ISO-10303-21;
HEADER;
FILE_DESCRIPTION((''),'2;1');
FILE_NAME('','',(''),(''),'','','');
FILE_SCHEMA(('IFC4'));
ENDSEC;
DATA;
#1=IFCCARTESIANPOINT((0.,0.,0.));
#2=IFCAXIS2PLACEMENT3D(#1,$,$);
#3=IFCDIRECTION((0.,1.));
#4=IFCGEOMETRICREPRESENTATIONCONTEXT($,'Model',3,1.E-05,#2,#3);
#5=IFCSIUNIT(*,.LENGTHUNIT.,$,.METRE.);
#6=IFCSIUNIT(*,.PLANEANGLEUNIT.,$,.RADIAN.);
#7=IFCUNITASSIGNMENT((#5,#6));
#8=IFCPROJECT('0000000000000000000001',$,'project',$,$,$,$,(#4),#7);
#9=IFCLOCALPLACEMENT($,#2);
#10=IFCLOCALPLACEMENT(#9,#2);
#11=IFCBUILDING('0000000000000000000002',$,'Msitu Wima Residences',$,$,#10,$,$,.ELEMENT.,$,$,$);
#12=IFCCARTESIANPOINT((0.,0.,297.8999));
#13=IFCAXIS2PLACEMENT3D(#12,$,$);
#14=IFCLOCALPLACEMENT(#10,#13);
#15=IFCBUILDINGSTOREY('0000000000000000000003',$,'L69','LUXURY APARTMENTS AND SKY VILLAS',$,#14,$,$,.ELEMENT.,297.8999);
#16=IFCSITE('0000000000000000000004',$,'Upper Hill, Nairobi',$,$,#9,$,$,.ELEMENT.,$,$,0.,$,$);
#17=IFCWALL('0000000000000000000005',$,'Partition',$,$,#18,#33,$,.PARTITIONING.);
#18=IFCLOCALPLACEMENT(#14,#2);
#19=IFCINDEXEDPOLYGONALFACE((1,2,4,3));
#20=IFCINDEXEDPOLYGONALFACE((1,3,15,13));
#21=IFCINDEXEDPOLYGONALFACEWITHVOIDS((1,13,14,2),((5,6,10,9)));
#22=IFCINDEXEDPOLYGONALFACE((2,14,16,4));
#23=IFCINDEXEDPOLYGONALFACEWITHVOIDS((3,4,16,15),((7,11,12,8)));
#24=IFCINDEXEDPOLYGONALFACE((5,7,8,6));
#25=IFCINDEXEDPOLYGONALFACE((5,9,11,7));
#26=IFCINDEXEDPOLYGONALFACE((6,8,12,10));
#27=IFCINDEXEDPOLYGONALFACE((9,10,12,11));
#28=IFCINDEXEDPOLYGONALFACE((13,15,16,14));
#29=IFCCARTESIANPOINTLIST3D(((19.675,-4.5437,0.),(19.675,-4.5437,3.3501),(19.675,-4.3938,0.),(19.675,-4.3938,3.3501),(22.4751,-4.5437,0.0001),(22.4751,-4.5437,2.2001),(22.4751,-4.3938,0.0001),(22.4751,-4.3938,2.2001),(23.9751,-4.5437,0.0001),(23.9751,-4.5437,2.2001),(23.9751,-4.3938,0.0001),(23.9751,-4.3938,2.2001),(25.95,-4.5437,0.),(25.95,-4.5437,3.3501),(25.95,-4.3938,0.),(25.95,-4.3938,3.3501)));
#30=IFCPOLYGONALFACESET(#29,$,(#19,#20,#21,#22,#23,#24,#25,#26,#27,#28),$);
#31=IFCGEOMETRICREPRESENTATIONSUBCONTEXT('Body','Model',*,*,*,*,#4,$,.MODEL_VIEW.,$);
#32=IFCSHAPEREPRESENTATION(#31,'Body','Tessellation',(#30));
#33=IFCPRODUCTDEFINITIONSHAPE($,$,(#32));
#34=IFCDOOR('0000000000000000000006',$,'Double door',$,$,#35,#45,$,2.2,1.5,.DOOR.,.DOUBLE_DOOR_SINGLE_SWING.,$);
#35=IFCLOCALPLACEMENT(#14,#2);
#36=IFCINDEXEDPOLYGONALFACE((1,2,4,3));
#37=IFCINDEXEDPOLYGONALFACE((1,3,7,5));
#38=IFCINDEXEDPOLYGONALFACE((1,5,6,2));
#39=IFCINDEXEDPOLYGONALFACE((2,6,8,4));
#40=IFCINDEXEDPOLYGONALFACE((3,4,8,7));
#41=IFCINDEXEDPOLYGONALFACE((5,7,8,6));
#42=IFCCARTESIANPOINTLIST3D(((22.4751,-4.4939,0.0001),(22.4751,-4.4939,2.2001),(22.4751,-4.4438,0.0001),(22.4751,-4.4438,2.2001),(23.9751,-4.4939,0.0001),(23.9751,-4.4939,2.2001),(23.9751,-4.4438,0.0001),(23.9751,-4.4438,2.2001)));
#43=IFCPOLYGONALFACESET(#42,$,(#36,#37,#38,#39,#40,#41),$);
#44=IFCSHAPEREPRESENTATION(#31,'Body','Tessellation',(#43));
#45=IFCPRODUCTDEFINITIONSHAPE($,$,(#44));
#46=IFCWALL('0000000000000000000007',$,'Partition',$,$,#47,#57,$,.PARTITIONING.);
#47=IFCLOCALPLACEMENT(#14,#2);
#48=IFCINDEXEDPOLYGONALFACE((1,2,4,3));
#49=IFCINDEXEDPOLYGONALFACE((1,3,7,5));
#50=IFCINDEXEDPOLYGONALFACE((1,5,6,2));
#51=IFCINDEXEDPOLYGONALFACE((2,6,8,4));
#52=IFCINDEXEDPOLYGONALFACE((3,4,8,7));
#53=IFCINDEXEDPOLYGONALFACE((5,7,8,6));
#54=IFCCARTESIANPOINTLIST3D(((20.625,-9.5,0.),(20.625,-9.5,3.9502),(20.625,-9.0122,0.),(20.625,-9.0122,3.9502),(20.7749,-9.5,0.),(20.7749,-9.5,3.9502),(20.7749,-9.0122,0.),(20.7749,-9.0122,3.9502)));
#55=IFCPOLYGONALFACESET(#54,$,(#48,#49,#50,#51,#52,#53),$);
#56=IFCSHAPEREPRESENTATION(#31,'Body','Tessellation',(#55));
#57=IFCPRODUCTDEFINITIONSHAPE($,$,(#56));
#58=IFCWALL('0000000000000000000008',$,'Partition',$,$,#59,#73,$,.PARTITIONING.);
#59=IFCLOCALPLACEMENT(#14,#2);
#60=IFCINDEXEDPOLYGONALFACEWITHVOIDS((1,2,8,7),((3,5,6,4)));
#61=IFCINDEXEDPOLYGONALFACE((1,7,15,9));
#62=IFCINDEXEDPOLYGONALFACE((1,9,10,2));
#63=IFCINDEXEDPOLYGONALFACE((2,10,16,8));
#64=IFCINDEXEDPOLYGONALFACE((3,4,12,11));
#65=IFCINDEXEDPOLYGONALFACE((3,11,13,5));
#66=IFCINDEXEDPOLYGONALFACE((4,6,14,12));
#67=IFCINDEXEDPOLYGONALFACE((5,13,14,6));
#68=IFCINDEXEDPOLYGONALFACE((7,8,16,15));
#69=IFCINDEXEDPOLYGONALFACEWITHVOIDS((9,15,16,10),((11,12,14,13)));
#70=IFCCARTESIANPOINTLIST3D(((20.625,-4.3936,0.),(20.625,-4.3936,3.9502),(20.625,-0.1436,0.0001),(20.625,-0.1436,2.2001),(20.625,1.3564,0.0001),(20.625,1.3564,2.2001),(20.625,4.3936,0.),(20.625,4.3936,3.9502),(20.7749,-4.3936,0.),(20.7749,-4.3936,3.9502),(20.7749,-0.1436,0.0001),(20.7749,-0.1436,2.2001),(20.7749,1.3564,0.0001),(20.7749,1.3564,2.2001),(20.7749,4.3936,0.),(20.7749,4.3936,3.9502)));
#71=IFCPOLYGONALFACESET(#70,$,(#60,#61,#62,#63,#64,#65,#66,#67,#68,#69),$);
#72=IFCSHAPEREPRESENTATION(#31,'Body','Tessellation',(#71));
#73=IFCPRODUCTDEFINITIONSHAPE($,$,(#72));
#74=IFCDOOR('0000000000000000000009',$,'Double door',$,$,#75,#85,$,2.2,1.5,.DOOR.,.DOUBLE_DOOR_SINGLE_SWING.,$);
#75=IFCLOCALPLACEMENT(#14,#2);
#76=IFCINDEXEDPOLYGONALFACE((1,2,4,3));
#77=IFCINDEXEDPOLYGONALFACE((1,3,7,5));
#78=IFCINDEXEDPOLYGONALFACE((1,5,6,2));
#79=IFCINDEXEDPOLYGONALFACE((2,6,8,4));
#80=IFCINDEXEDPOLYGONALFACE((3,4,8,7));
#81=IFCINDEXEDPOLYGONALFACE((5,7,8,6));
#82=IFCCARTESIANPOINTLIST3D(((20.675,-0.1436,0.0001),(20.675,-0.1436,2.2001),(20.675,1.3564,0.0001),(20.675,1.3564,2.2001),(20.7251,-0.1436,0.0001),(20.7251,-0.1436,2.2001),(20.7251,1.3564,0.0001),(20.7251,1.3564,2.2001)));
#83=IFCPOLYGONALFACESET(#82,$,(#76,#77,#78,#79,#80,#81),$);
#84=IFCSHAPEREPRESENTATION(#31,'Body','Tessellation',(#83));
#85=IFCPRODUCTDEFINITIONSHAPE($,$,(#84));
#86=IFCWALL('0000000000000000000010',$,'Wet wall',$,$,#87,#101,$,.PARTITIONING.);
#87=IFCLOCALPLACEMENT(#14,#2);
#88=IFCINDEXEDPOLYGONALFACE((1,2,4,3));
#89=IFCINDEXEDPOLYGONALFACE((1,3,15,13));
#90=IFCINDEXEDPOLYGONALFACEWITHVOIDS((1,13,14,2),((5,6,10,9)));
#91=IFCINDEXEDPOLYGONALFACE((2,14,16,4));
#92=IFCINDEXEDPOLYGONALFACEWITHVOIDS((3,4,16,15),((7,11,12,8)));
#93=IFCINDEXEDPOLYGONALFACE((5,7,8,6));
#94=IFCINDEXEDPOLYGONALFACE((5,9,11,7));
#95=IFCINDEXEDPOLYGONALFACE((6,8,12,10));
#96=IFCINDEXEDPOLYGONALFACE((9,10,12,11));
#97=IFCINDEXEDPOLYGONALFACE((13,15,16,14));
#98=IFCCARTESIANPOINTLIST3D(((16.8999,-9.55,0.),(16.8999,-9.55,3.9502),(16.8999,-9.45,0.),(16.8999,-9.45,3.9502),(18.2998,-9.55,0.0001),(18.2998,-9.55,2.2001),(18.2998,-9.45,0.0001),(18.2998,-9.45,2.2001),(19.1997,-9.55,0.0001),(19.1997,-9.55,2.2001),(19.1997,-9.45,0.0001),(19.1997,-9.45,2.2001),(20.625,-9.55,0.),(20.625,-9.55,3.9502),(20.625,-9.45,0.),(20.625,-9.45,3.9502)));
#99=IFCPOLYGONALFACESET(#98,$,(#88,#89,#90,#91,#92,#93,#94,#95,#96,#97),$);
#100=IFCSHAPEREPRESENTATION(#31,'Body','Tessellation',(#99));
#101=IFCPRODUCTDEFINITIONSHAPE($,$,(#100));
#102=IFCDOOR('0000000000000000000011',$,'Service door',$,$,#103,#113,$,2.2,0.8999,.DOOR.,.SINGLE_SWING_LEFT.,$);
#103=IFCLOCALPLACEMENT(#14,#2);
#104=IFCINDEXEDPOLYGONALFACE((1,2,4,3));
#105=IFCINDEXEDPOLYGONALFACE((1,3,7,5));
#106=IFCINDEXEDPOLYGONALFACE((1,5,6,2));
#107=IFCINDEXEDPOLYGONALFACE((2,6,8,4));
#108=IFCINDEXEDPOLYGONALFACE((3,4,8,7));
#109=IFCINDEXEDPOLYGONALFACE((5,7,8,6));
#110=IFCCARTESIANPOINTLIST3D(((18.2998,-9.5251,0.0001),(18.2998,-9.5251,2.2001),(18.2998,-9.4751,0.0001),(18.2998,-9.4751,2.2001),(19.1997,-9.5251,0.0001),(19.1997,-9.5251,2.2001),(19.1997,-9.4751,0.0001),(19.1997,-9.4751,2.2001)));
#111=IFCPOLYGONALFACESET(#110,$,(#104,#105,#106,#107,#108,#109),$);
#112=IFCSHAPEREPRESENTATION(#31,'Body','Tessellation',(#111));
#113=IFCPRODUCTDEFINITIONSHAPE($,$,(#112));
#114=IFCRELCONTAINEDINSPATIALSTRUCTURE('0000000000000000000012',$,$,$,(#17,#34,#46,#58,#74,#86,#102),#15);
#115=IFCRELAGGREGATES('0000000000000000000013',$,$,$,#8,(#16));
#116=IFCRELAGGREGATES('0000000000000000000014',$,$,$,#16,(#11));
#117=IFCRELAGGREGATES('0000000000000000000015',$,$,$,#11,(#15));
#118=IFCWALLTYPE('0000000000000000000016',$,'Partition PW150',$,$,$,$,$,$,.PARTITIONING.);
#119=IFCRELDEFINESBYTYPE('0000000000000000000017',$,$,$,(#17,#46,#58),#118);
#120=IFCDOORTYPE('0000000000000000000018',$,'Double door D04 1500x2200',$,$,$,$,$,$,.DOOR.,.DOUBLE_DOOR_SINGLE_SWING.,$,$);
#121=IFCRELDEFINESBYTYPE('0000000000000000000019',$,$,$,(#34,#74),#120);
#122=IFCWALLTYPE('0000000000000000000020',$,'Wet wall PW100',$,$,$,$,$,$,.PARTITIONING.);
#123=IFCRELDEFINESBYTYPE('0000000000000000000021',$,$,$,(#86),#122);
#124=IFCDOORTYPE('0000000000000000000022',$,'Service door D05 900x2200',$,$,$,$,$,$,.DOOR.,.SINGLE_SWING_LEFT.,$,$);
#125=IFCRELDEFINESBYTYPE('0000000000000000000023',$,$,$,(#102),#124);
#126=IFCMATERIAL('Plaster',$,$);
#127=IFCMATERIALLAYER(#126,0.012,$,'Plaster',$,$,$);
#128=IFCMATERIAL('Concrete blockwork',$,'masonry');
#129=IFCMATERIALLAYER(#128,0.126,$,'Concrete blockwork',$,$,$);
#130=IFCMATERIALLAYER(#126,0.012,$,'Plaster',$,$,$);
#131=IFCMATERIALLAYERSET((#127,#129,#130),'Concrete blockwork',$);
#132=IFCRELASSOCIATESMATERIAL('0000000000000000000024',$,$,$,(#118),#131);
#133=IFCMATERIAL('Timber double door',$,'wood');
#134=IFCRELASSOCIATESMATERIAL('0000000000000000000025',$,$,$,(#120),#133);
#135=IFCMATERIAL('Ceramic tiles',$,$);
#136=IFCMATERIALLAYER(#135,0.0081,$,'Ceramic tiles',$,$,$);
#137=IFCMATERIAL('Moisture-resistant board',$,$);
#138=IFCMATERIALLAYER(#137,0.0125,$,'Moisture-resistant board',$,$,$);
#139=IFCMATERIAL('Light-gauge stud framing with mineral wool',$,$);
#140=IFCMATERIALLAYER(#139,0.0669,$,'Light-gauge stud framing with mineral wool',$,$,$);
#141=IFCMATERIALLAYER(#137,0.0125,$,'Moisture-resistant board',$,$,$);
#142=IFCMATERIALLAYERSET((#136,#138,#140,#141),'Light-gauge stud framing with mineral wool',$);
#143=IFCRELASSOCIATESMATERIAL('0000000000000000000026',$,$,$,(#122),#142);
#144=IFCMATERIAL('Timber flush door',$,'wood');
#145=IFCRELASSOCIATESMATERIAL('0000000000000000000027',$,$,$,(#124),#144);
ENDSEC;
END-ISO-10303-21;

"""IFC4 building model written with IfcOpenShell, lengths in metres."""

from ifc_helpers import new_model, si_unit, direction, frame, frame_2d, origin, place, context, subcontext, project, spatial, rectangle, extrude, material, layer, layer_set, type_object, element, fill, save


model = new_model("IFC4")

# Units and contexts
model_context = context("Model", 3, precision=1e-05, world=origin(), true_north=direction((0.0, 1.0)))
body_context = subcontext(model_context, "Body", "Model", "MODEL_VIEW")
ifc_project = project(units=[si_unit("LENGTHUNIT", "METRE"), si_unit("PLANEANGLEUNIT", "RADIAN")], contexts=[model_context])

# Site, building, storey
site_placement = place(None, origin())
site = spatial("IfcSite", under=ifc_project, at=site_placement, Name="Upper Hill, Nairobi", CompositionType="ELEMENT", RefElevation=0.0)
building_placement = place(site_placement, origin())
building = spatial("IfcBuilding", under=site, at=building_placement, Name="Msitu Wima Residences", CompositionType="ELEMENT")
storey_placement = place(building_placement, frame((0.0, 0.0, 297.8999)))
storey = spatial("IfcBuildingStorey", under=building, at=storey_placement, Name="L69", Description="LUXURY APARTMENTS AND SKY VILLAS", CompositionType="ELEMENT", Elevation=297.8999)

# Wall, opening, door
ifc_material_1 = material(Name="Plaster")
ifc_layer_1 = layer(ifc_material_1, 0.012, Name="Plaster")
ifc_material_2 = material(Name="Concrete blockwork", Category="masonry")
ifc_layer_2 = layer(ifc_material_2, 0.126, Name="Concrete blockwork")
ifc_layer_3 = layer(ifc_material_1, 0.012, Name="Plaster")
ifc_layer_set_1 = layer_set([ifc_layer_1, ifc_layer_2, ifc_layer_3], Name="Concrete blockwork")
wall_type_1 = type_object("IfcWallType", Name="Partition PW150", PredefinedType="PARTITIONING", material=ifc_layer_set_1)
ifc_material_3 = material(Name="Timber flush door", Category="wood")
ifc_material_4 = material(Name="Timber double door", Category="wood")
door_type_1 = type_object("IfcDoorType", Name="Double door D04 1500x2200", OperationType="DOUBLE_DOOR_SINGLE_SWING", PredefinedType="DOOR", material=ifc_material_4)
wall_1_placement = place(storey_placement, frame((19.675, -4.4688, 0.0), z_axis=(0.0, 0.0, 1.0), x_axis=(1.0, 0.0, 0.0)))
wall_1 = element("IfcWall", 1, at=wall_1_placement, inside=storey, type_object=wall_type_1, Name="Partition", PredefinedType="PARTITIONING", context=body_context, shape_type="SweptSolid", body=[
    extrude(rectangle(XDim=6.2749, YDim=0.1499, at=frame_2d((3.1375, 0.0))), origin(), (0.0, 0.0, 1.0), 3.3501),
])
opening_1_placement = place(wall_1_placement, frame((2.8, 0.0, 0.0)))
opening_1 = element("IfcOpeningElement", 2, at=opening_1_placement, cuts=wall_1, PredefinedType="OPENING", context=body_context, shape_type="SweptSolid", body=[
    extrude(rectangle(XDim=1.5, YDim=2.2, at=frame_2d((0.75, 1.1001))), frame((0.0, 0.085, 0.0), z_axis=(0.0, -1.0, 0.0), x_axis=(1.0, 0.0, 0.0)), (0.0, 0.0, 1.0), 0.1699),
])
door_1_placement = place(opening_1_placement, origin())
door_1 = element("IfcDoor", 3, at=door_1_placement, inside=storey, type_object=door_type_1, Name="Double door", OperationType="DOUBLE_DOOR_SINGLE_SWING", OverallHeight=2.2, OverallWidth=1.5, PredefinedType="DOOR", context=body_context, shape_type="SweptSolid", body=[
    extrude(rectangle(XDim=1.5, YDim=2.2, at=frame_2d((0.75, 1.1001))), frame((0.0, 0.0249, 0.0), z_axis=(0.0, -1.0, 0.0), x_axis=(1.0, 0.0, 0.0)), (0.0, 0.0, 1.0), 0.05),
])
fill(opening_1, door_1)

# Wall
wall_2_placement = place(storey_placement, frame((20.7, -9.5, 0.0), z_axis=(0.0, 0.0, 1.0), x_axis=(0.0, 1.0, 0.0)))
element("IfcWall", 4, at=wall_2_placement, inside=storey, type_object=wall_type_1, Name="Partition", PredefinedType="PARTITIONING", context=body_context, shape_type="SweptSolid", body=[
    extrude(rectangle(XDim=0.4878, YDim=0.1499, at=frame_2d((0.2439, 0.0))), origin(), (0.0, 0.0, 1.0), 3.9502),
])

# Walls, openings, doors
wall_3_placement = place(storey_placement, frame((20.7, -4.3936, 0.0), z_axis=(0.0, 0.0, 1.0), x_axis=(0.0, 1.0, 0.0)))
wall_3 = element("IfcWall", 5, at=wall_3_placement, inside=storey, type_object=wall_type_1, Name="Partition", PredefinedType="PARTITIONING", context=body_context, shape_type="SweptSolid", body=[
    extrude(rectangle(XDim=8.7871, YDim=0.1499, at=frame_2d((4.3936, 0.0))), origin(), (0.0, 0.0, 1.0), 3.9502),
])
opening_2_placement = place(wall_3_placement, frame((4.25, 0.0, 0.0)))
opening_2 = element("IfcOpeningElement", 6, at=opening_2_placement, cuts=wall_3, PredefinedType="OPENING", context=body_context, shape_type="SweptSolid", body=[
    extrude(rectangle(XDim=1.5, YDim=2.2, at=frame_2d((0.75, 1.1001))), frame((0.0, 0.085, 0.0), z_axis=(0.0, -1.0, 0.0), x_axis=(1.0, 0.0, 0.0)), (0.0, 0.0, 1.0), 0.1699),
])
door_2_placement = place(opening_2_placement, origin())
door_2 = element("IfcDoor", 7, at=door_2_placement, inside=storey, type_object=door_type_1, Name="Double door", OperationType="DOUBLE_DOOR_SINGLE_SWING", OverallHeight=2.2, OverallWidth=1.5, PredefinedType="DOOR", context=body_context, shape_type="SweptSolid", body=[
    extrude(rectangle(XDim=1.5, YDim=2.2, at=frame_2d((0.75, 1.1001))), frame((0.0, 0.0249, 0.0), z_axis=(0.0, -1.0, 0.0), x_axis=(1.0, 0.0, 0.0)), (0.0, 0.0, 1.0), 0.05),
])
fill(opening_2, door_2)
ifc_material_5 = material(Name="Ceramic tiles")
ifc_layer_4 = layer(ifc_material_5, 0.0081, Name="Ceramic tiles")
ifc_material_6 = material(Name="Moisture-resistant board")
ifc_layer_5 = layer(ifc_material_6, 0.0125, Name="Moisture-resistant board")
ifc_material_7 = material(Name="Light-gauge stud framing with mineral wool")
ifc_layer_6 = layer(ifc_material_7, 0.0669, Name="Light-gauge stud framing with mineral wool")
ifc_layer_7 = layer(ifc_material_6, 0.0125, Name="Moisture-resistant board")
ifc_layer_set_2 = layer_set([ifc_layer_4, ifc_layer_5, ifc_layer_6, ifc_layer_7], Name="Light-gauge stud framing with mineral wool")
wall_type_2 = type_object("IfcWallType", Name="Wet wall PW100", PredefinedType="PARTITIONING", material=ifc_layer_set_2)
wall_4_placement = place(storey_placement, frame((16.8999, -9.5, 0.0), z_axis=(0.0, 0.0, 1.0), x_axis=(1.0, 0.0, 0.0)))
wall_4 = element("IfcWall", 8, at=wall_4_placement, inside=storey, type_object=wall_type_2, Name="Wet wall", PredefinedType="PARTITIONING", context=body_context, shape_type="SweptSolid", body=[
    extrude(rectangle(XDim=3.7251, YDim=0.1001, at=frame_2d((1.8625, 0.0))), origin(), (0.0, 0.0, 1.0), 3.9502),
])
opening_3_placement = place(wall_4_placement, frame((1.3999, 0.0, 0.0)))
opening_3 = element("IfcOpeningElement", 9, at=opening_3_placement, cuts=wall_4, PredefinedType="OPENING", context=body_context, shape_type="SweptSolid", body=[
    extrude(rectangle(XDim=0.8999, YDim=2.2, at=frame_2d((0.45, 1.1001))), frame((0.0, 0.0601, 0.0), z_axis=(0.0, -1.0, 0.0), x_axis=(1.0, 0.0, 0.0)), (0.0, 0.0, 1.0), 0.1201),
])
door_type_2 = type_object("IfcDoorType", Name="Service door D05 900x2200", OperationType="SINGLE_SWING_LEFT", PredefinedType="DOOR", material=ifc_material_3)
door_3_placement = place(opening_3_placement, origin())
door_3 = element("IfcDoor", 10, at=door_3_placement, inside=storey, type_object=door_type_2, Name="Service door", OperationType="SINGLE_SWING_LEFT", OverallHeight=2.2, OverallWidth=0.8999, PredefinedType="DOOR", context=body_context, shape_type="SweptSolid", body=[
    extrude(rectangle(XDim=0.8999, YDim=2.2, at=frame_2d((0.45, 1.1001))), frame((0.0, 0.0249, 0.0), z_axis=(0.0, -1.0, 0.0), x_axis=(1.0, 0.0, 0.0)), (0.0, 0.0, 1.0), 0.05),
])
fill(opening_3, door_3)

save(model, "model.ifc")
